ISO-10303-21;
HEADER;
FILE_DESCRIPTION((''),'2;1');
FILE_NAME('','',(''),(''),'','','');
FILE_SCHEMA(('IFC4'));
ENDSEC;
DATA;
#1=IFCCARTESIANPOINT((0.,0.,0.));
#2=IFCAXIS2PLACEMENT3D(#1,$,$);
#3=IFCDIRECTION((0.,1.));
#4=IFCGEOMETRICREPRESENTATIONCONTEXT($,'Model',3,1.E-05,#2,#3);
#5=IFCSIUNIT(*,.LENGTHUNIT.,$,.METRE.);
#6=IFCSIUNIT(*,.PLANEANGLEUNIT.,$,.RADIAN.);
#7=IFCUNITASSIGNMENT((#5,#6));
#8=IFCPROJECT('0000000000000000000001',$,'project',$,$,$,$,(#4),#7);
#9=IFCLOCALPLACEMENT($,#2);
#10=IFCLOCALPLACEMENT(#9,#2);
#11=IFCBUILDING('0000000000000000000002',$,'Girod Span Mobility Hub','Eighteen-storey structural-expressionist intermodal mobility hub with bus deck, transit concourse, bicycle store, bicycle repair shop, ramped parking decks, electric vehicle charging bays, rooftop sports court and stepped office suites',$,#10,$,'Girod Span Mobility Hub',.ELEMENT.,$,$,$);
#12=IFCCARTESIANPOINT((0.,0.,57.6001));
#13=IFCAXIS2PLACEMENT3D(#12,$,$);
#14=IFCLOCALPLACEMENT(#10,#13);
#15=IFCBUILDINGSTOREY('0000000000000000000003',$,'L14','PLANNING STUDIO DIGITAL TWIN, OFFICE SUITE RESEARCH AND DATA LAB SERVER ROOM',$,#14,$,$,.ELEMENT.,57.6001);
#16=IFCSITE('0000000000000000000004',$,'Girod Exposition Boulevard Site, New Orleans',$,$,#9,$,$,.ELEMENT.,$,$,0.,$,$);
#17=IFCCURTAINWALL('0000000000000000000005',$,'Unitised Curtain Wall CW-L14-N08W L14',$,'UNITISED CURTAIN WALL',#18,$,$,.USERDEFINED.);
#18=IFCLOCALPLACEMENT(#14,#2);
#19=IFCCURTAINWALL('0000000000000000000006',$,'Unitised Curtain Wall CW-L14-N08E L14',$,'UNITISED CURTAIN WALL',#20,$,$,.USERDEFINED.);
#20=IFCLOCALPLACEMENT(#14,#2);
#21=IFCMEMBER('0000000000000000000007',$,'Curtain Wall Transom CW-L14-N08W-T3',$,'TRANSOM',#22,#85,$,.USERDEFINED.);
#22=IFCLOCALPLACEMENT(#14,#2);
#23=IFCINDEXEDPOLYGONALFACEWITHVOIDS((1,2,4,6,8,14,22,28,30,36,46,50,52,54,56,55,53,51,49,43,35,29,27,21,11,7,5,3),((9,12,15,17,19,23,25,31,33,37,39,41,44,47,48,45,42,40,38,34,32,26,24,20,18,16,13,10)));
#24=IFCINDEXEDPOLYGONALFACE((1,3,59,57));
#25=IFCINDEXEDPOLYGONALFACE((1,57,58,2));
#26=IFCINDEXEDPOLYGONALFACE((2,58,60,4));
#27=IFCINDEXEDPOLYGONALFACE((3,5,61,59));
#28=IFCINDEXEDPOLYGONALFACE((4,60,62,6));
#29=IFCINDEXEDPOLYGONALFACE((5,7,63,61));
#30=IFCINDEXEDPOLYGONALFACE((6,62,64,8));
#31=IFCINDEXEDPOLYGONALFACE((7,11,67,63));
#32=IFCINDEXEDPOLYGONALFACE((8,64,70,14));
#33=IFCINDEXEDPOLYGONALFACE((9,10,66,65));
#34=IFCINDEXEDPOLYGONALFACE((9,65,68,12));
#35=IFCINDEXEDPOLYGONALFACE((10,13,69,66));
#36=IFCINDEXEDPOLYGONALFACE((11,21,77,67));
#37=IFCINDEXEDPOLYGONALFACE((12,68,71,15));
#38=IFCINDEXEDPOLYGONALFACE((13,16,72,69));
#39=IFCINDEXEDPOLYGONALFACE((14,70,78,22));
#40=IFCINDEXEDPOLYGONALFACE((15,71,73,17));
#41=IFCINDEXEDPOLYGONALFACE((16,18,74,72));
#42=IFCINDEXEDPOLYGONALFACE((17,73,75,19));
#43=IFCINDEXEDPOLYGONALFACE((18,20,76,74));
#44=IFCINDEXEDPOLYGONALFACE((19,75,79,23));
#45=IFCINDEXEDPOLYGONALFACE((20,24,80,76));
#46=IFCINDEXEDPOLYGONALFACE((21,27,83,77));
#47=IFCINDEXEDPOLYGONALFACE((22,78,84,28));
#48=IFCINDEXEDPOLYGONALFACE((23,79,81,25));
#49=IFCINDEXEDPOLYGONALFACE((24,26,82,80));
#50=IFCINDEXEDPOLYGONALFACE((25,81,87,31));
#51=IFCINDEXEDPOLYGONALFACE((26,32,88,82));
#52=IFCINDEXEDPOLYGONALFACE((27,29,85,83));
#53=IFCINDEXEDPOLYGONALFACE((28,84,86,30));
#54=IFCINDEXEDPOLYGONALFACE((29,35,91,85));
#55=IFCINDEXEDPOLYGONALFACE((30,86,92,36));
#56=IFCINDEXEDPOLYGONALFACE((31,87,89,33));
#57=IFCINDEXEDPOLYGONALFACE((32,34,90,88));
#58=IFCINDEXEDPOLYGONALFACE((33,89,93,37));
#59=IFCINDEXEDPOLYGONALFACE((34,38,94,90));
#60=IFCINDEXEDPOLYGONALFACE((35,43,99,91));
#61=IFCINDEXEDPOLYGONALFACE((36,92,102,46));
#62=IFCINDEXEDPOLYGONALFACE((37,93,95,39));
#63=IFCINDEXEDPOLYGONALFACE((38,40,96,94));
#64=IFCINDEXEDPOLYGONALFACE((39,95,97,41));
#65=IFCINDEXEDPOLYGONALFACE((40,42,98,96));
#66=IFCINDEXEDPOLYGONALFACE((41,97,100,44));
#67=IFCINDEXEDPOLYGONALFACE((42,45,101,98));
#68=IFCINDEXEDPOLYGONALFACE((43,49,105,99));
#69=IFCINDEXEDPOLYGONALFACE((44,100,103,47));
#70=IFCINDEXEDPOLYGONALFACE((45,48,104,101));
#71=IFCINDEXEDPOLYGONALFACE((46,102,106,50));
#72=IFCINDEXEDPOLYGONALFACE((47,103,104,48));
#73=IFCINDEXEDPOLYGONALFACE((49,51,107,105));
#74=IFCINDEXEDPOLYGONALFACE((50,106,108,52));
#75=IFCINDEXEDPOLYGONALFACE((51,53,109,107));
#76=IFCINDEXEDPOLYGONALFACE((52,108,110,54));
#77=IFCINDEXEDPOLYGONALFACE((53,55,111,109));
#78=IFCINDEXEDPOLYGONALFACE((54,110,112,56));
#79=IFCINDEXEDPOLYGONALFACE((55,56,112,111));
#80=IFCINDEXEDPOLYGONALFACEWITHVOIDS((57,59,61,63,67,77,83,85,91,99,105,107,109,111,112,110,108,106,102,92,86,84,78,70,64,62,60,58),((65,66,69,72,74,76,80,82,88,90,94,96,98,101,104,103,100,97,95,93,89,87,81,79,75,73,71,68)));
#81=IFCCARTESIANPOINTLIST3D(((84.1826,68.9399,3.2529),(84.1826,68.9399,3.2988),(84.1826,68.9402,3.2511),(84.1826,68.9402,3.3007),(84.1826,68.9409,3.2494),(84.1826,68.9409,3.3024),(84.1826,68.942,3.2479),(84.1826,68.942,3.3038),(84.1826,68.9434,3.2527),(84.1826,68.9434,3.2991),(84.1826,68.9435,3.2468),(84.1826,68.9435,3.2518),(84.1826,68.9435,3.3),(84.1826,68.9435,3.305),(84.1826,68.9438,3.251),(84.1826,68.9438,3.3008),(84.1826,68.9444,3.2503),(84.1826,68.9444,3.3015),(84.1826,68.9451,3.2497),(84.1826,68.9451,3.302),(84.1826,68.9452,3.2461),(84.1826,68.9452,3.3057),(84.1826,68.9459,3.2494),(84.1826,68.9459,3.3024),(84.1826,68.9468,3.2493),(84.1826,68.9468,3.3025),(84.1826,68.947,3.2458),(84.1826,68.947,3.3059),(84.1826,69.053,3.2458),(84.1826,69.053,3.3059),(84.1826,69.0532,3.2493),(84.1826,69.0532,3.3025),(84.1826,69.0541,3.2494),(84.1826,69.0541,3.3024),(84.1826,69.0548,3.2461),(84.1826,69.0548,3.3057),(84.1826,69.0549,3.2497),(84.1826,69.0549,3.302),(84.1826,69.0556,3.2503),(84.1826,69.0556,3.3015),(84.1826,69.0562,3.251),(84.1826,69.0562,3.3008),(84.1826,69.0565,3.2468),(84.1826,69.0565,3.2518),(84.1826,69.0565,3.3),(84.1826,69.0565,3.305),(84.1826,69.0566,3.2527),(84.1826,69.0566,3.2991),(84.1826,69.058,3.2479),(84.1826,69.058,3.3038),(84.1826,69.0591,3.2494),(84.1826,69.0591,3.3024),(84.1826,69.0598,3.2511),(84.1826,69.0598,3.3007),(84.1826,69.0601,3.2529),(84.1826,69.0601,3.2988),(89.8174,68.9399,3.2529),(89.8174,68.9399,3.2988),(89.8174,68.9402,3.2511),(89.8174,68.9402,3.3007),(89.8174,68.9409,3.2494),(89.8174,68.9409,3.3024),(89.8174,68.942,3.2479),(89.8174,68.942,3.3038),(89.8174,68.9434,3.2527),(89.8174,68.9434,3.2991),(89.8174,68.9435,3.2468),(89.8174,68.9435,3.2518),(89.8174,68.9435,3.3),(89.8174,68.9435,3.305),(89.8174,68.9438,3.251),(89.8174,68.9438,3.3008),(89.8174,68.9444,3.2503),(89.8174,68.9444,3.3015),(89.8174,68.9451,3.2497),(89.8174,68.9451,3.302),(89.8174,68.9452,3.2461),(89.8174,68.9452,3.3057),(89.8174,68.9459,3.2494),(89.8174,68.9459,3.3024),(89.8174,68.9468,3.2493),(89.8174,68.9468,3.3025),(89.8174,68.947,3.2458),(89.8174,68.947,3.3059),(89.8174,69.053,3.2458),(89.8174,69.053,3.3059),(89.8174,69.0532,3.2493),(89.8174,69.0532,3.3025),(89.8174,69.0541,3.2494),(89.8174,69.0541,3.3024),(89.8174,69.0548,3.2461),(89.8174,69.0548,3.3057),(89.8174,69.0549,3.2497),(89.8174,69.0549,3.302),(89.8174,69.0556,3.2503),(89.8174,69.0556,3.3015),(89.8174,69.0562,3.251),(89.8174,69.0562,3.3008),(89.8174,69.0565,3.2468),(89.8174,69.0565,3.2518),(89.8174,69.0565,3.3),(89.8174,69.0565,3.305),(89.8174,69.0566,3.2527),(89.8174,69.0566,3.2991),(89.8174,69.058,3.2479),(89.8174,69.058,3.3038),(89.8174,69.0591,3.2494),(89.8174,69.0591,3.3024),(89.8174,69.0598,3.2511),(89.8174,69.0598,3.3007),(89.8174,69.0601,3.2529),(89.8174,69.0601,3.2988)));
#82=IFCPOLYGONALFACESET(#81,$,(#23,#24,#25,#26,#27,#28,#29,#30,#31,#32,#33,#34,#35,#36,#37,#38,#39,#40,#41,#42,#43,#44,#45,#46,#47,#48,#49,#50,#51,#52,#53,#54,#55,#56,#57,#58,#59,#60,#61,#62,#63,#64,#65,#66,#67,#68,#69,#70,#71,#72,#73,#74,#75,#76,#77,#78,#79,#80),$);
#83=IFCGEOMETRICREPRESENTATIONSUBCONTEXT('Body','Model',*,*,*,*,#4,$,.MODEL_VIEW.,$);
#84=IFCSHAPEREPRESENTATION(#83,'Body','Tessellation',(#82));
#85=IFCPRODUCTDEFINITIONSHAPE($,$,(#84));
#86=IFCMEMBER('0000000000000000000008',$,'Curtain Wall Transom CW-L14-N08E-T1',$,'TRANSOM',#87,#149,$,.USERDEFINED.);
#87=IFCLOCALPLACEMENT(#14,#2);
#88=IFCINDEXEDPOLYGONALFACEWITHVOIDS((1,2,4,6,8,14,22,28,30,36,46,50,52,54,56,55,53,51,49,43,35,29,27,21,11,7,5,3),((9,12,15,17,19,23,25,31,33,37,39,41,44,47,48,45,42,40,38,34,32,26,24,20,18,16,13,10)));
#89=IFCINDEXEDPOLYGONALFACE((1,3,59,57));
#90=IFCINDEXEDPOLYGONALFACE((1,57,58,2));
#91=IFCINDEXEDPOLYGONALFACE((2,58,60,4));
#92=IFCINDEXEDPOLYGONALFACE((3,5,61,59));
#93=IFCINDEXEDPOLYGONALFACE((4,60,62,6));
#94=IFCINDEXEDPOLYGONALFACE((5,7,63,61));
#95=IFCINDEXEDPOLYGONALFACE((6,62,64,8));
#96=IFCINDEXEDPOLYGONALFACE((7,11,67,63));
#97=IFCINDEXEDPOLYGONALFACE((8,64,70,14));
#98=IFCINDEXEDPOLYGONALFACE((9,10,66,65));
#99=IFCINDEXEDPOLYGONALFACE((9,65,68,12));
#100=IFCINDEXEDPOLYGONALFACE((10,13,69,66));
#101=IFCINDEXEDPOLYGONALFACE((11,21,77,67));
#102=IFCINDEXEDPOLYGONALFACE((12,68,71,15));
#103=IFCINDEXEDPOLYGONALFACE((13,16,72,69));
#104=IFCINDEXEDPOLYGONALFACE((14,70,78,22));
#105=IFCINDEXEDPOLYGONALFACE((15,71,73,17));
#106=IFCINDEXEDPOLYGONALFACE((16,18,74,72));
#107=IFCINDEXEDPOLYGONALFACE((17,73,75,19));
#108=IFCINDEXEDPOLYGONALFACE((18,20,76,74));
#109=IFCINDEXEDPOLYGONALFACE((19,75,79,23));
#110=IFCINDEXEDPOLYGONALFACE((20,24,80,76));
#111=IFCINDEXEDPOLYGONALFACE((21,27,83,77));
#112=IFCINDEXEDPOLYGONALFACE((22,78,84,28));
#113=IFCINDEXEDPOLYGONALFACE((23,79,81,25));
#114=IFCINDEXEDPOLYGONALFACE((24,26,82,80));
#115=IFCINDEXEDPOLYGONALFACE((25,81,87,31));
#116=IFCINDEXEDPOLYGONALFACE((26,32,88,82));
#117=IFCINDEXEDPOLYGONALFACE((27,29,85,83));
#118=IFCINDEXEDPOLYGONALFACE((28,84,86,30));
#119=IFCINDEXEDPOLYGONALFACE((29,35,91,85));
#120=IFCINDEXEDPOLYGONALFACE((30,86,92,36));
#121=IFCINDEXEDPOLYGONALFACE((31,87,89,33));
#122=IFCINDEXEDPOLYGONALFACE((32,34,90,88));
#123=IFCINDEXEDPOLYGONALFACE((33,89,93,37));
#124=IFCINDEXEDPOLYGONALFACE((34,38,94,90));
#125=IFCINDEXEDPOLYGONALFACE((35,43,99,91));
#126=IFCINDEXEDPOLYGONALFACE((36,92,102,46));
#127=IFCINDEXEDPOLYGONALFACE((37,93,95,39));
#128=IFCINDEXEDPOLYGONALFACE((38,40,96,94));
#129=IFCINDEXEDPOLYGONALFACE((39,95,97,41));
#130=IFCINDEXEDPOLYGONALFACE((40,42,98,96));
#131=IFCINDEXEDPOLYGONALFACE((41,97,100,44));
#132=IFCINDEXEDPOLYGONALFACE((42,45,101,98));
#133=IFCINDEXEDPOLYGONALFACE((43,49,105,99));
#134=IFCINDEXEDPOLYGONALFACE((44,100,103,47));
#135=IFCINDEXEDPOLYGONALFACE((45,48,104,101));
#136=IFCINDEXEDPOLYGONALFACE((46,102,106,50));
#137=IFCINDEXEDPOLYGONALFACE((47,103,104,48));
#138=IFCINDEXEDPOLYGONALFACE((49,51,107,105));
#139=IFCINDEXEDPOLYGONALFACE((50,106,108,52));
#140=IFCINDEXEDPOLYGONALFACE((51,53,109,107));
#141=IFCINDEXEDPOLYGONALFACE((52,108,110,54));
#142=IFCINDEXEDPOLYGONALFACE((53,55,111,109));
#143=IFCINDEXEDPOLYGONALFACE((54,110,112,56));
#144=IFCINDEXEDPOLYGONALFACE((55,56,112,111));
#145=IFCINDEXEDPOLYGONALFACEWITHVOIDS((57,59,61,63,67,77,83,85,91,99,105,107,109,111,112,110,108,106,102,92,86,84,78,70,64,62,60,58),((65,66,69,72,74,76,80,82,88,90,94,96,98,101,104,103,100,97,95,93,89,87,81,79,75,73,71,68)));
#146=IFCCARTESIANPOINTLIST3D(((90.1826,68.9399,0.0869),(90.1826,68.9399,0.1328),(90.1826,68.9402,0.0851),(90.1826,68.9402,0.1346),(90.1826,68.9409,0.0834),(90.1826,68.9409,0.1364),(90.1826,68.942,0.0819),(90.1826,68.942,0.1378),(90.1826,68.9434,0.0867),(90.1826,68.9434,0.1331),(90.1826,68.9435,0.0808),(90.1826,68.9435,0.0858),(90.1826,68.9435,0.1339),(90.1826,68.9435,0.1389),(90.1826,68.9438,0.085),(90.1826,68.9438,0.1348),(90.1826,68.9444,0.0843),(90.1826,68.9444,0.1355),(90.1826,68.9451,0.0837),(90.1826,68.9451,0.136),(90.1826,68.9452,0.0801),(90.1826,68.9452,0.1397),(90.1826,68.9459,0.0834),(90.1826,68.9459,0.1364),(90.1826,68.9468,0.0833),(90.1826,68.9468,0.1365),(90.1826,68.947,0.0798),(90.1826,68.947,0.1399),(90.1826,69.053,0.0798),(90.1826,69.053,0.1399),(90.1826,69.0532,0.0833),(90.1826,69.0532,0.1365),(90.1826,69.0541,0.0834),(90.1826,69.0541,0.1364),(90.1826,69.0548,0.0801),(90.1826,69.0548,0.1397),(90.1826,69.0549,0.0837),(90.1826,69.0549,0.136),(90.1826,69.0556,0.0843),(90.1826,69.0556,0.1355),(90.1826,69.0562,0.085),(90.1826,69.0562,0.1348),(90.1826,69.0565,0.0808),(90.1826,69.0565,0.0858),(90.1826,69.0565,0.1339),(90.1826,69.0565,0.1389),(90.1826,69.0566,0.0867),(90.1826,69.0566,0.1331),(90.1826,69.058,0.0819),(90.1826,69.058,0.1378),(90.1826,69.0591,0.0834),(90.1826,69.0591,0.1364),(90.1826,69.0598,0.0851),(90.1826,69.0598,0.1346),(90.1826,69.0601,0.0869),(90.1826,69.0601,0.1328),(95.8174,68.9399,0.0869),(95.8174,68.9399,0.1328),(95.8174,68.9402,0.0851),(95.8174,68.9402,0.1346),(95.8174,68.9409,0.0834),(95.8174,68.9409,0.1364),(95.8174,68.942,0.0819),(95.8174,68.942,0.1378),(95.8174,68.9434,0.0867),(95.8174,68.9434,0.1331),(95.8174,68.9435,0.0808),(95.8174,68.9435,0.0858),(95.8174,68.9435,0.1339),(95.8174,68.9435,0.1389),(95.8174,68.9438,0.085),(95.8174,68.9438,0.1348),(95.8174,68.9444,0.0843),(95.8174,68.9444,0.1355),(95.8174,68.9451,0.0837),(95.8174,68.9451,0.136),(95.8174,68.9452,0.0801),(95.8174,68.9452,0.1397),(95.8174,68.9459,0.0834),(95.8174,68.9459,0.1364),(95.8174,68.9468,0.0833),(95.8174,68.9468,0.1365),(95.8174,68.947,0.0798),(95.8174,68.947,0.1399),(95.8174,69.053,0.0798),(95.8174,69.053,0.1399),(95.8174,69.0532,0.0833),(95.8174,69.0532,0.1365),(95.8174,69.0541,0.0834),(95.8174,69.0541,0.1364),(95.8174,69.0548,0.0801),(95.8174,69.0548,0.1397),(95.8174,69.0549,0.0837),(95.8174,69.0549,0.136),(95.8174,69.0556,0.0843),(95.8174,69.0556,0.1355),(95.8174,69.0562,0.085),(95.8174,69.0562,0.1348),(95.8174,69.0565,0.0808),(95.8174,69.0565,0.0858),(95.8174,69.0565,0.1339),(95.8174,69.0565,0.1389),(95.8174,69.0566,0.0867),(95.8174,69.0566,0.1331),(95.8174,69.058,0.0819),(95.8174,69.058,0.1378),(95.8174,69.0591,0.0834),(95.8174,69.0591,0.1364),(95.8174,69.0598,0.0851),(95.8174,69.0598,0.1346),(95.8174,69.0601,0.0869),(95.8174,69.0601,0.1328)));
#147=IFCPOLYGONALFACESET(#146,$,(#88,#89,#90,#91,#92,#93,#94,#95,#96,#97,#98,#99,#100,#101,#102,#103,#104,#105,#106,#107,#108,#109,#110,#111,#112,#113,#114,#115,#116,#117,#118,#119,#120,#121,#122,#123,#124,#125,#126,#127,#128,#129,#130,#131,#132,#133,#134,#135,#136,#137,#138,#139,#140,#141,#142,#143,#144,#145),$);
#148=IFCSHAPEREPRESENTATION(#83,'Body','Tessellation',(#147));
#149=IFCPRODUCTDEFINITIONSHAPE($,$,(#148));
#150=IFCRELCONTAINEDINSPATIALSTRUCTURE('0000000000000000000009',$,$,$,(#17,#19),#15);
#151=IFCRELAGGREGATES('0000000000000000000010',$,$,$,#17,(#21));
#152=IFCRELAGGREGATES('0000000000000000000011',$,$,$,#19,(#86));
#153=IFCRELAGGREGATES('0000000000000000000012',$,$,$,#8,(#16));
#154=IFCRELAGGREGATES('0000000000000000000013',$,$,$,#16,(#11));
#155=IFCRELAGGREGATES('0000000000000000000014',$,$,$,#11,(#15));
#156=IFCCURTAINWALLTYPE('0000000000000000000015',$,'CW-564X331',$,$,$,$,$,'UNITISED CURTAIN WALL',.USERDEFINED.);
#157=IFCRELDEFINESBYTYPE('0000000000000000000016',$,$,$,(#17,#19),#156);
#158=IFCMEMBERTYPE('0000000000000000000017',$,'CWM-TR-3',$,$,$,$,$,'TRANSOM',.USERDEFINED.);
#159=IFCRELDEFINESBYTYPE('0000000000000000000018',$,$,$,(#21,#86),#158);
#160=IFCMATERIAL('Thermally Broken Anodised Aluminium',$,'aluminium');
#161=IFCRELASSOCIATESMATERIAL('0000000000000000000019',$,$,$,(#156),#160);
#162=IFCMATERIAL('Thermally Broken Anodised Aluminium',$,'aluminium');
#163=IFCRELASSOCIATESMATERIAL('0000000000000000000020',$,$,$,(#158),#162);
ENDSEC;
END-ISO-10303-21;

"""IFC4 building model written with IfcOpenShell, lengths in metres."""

from ifc_helpers import new_model, si_unit, direction, frame, origin, origin_2d, place, context, subcontext, project, spatial, hollow_rectangle, extrude, material, material_profile, profile_set, type_object, element, aggregate, save


model = new_model("IFC4")

# Units and contexts
model_context = context("Model", 3, precision=1e-05, world=origin(), true_north=direction((0.0, 1.0)))
body_context = subcontext(model_context, "Body", "Model", "MODEL_VIEW")
ifc_project = project(units=[si_unit("LENGTHUNIT", "METRE"), si_unit("PLANEANGLEUNIT", "RADIAN")], contexts=[model_context])

# Site, building, storey
site_placement = place(None, origin())
site = spatial("IfcSite", under=ifc_project, at=site_placement, Name="Girod Exposition Boulevard Site, New Orleans", CompositionType="ELEMENT", RefElevation=0.0)
building_placement = place(site_placement, origin())
building = spatial("IfcBuilding", under=site, at=building_placement, Name="Girod Span Mobility Hub", Description="Eighteen-storey structural-expressionist intermodal mobility hub with bus deck, transit concourse, bicycle store, bicycle repair shop, ramped parking decks, electric vehicle charging bays, rooftop sports court and stepped office suites", LongName="Girod Span Mobility Hub", CompositionType="ELEMENT")
storey_placement = place(building_placement, frame((0.0, 0.0, 57.6001)))
storey = spatial("IfcBuildingStorey", under=building, at=storey_placement, Name="L14", Description="PLANNING STUDIO DIGITAL TWIN, OFFICE SUITE RESEARCH AND DATA LAB SERVER ROOM", CompositionType="ELEMENT", Elevation=57.6001)

# Curtain wall
ifc_material_1 = material(Name="Thermally Broken Anodised Aluminium", Category="aluminium")
curtain_wall_type = type_object("IfcCurtainWallType", Name="CW-564X331", ElementType="UNITISED CURTAIN WALL", PredefinedType="USERDEFINED", material=ifc_material_1)
curtain_wall_1_placement = place(storey_placement, origin())
curtain_wall_1 = element("IfcCurtainWall", 1, at=curtain_wall_1_placement, inside=storey, type_object=curtain_wall_type, Name="Unitised Curtain Wall CW-L14-N08W L14", ObjectType="UNITISED CURTAIN WALL", PredefinedType="USERDEFINED")

# Curtain wall
curtain_wall_2_placement = place(storey_placement, origin())
curtain_wall_2 = element("IfcCurtainWall", 2, at=curtain_wall_2_placement, inside=storey, type_object=curtain_wall_type, Name="Unitised Curtain Wall CW-L14-N08E L14", ObjectType="UNITISED CURTAIN WALL", PredefinedType="USERDEFINED")

# Members
ifc_material_2 = material(Name="Thermally Broken Anodised Aluminium", Category="aluminium")
ifc_material_profile_1 = material_profile(ifc_material_2, hollow_rectangle(XDim=0.1201, YDim=0.0601, WallThickness=0.0034, InnerFilletRadius=0.0034, OuterFilletRadius=0.0071, at=origin_2d()), Name="CW-TR-60X120")
ifc_profile_set_1 = profile_set([ifc_material_profile_1], Name="Thermally Broken Anodised Aluminium")
member_type_1 = type_object("IfcMemberType", Name="CWM-TR-3", ElementType="TRANSOM", PredefinedType="USERDEFINED", material=ifc_profile_set_1)
member_1_placement = place(storey_placement, frame((84.1826, 69.0, 3.2759), z_axis=(1.0, 0.0, 0.0), x_axis=(0.0, 1.0, 0.0)))
member_1 = element("IfcMember", 3, at=member_1_placement, type_object=member_type_1, Name="Curtain Wall Transom CW-L14-N08W-T3", ObjectType="TRANSOM", PredefinedType="USERDEFINED", context=body_context, shape_type="SweptSolid", body=[
    extrude(hollow_rectangle(XDim=0.1201, YDim=0.0601, WallThickness=0.0034, InnerFilletRadius=0.0034, OuterFilletRadius=0.0071, at=origin_2d()), origin(), (0.0, 0.0, 1.0), 5.6348),
])
member_2_placement = place(storey_placement, frame((90.1826, 69.0, 0.1099), z_axis=(1.0, 0.0, 0.0), x_axis=(0.0, 1.0, 0.0)))
member_2 = element("IfcMember", 4, at=member_2_placement, type_object=member_type_1, Name="Curtain Wall Transom CW-L14-N08E-T1", ObjectType="TRANSOM", PredefinedType="USERDEFINED", context=body_context, shape_type="SweptSolid", body=[
    extrude(hollow_rectangle(XDim=0.1201, YDim=0.0601, WallThickness=0.0034, InnerFilletRadius=0.0034, OuterFilletRadius=0.0071, at=origin_2d()), origin(), (0.0, 0.0, 1.0), 5.6348),
])

aggregate(curtain_wall_1, [member_1])
aggregate(curtain_wall_2, [member_2])

save(model, "model.ifc")
